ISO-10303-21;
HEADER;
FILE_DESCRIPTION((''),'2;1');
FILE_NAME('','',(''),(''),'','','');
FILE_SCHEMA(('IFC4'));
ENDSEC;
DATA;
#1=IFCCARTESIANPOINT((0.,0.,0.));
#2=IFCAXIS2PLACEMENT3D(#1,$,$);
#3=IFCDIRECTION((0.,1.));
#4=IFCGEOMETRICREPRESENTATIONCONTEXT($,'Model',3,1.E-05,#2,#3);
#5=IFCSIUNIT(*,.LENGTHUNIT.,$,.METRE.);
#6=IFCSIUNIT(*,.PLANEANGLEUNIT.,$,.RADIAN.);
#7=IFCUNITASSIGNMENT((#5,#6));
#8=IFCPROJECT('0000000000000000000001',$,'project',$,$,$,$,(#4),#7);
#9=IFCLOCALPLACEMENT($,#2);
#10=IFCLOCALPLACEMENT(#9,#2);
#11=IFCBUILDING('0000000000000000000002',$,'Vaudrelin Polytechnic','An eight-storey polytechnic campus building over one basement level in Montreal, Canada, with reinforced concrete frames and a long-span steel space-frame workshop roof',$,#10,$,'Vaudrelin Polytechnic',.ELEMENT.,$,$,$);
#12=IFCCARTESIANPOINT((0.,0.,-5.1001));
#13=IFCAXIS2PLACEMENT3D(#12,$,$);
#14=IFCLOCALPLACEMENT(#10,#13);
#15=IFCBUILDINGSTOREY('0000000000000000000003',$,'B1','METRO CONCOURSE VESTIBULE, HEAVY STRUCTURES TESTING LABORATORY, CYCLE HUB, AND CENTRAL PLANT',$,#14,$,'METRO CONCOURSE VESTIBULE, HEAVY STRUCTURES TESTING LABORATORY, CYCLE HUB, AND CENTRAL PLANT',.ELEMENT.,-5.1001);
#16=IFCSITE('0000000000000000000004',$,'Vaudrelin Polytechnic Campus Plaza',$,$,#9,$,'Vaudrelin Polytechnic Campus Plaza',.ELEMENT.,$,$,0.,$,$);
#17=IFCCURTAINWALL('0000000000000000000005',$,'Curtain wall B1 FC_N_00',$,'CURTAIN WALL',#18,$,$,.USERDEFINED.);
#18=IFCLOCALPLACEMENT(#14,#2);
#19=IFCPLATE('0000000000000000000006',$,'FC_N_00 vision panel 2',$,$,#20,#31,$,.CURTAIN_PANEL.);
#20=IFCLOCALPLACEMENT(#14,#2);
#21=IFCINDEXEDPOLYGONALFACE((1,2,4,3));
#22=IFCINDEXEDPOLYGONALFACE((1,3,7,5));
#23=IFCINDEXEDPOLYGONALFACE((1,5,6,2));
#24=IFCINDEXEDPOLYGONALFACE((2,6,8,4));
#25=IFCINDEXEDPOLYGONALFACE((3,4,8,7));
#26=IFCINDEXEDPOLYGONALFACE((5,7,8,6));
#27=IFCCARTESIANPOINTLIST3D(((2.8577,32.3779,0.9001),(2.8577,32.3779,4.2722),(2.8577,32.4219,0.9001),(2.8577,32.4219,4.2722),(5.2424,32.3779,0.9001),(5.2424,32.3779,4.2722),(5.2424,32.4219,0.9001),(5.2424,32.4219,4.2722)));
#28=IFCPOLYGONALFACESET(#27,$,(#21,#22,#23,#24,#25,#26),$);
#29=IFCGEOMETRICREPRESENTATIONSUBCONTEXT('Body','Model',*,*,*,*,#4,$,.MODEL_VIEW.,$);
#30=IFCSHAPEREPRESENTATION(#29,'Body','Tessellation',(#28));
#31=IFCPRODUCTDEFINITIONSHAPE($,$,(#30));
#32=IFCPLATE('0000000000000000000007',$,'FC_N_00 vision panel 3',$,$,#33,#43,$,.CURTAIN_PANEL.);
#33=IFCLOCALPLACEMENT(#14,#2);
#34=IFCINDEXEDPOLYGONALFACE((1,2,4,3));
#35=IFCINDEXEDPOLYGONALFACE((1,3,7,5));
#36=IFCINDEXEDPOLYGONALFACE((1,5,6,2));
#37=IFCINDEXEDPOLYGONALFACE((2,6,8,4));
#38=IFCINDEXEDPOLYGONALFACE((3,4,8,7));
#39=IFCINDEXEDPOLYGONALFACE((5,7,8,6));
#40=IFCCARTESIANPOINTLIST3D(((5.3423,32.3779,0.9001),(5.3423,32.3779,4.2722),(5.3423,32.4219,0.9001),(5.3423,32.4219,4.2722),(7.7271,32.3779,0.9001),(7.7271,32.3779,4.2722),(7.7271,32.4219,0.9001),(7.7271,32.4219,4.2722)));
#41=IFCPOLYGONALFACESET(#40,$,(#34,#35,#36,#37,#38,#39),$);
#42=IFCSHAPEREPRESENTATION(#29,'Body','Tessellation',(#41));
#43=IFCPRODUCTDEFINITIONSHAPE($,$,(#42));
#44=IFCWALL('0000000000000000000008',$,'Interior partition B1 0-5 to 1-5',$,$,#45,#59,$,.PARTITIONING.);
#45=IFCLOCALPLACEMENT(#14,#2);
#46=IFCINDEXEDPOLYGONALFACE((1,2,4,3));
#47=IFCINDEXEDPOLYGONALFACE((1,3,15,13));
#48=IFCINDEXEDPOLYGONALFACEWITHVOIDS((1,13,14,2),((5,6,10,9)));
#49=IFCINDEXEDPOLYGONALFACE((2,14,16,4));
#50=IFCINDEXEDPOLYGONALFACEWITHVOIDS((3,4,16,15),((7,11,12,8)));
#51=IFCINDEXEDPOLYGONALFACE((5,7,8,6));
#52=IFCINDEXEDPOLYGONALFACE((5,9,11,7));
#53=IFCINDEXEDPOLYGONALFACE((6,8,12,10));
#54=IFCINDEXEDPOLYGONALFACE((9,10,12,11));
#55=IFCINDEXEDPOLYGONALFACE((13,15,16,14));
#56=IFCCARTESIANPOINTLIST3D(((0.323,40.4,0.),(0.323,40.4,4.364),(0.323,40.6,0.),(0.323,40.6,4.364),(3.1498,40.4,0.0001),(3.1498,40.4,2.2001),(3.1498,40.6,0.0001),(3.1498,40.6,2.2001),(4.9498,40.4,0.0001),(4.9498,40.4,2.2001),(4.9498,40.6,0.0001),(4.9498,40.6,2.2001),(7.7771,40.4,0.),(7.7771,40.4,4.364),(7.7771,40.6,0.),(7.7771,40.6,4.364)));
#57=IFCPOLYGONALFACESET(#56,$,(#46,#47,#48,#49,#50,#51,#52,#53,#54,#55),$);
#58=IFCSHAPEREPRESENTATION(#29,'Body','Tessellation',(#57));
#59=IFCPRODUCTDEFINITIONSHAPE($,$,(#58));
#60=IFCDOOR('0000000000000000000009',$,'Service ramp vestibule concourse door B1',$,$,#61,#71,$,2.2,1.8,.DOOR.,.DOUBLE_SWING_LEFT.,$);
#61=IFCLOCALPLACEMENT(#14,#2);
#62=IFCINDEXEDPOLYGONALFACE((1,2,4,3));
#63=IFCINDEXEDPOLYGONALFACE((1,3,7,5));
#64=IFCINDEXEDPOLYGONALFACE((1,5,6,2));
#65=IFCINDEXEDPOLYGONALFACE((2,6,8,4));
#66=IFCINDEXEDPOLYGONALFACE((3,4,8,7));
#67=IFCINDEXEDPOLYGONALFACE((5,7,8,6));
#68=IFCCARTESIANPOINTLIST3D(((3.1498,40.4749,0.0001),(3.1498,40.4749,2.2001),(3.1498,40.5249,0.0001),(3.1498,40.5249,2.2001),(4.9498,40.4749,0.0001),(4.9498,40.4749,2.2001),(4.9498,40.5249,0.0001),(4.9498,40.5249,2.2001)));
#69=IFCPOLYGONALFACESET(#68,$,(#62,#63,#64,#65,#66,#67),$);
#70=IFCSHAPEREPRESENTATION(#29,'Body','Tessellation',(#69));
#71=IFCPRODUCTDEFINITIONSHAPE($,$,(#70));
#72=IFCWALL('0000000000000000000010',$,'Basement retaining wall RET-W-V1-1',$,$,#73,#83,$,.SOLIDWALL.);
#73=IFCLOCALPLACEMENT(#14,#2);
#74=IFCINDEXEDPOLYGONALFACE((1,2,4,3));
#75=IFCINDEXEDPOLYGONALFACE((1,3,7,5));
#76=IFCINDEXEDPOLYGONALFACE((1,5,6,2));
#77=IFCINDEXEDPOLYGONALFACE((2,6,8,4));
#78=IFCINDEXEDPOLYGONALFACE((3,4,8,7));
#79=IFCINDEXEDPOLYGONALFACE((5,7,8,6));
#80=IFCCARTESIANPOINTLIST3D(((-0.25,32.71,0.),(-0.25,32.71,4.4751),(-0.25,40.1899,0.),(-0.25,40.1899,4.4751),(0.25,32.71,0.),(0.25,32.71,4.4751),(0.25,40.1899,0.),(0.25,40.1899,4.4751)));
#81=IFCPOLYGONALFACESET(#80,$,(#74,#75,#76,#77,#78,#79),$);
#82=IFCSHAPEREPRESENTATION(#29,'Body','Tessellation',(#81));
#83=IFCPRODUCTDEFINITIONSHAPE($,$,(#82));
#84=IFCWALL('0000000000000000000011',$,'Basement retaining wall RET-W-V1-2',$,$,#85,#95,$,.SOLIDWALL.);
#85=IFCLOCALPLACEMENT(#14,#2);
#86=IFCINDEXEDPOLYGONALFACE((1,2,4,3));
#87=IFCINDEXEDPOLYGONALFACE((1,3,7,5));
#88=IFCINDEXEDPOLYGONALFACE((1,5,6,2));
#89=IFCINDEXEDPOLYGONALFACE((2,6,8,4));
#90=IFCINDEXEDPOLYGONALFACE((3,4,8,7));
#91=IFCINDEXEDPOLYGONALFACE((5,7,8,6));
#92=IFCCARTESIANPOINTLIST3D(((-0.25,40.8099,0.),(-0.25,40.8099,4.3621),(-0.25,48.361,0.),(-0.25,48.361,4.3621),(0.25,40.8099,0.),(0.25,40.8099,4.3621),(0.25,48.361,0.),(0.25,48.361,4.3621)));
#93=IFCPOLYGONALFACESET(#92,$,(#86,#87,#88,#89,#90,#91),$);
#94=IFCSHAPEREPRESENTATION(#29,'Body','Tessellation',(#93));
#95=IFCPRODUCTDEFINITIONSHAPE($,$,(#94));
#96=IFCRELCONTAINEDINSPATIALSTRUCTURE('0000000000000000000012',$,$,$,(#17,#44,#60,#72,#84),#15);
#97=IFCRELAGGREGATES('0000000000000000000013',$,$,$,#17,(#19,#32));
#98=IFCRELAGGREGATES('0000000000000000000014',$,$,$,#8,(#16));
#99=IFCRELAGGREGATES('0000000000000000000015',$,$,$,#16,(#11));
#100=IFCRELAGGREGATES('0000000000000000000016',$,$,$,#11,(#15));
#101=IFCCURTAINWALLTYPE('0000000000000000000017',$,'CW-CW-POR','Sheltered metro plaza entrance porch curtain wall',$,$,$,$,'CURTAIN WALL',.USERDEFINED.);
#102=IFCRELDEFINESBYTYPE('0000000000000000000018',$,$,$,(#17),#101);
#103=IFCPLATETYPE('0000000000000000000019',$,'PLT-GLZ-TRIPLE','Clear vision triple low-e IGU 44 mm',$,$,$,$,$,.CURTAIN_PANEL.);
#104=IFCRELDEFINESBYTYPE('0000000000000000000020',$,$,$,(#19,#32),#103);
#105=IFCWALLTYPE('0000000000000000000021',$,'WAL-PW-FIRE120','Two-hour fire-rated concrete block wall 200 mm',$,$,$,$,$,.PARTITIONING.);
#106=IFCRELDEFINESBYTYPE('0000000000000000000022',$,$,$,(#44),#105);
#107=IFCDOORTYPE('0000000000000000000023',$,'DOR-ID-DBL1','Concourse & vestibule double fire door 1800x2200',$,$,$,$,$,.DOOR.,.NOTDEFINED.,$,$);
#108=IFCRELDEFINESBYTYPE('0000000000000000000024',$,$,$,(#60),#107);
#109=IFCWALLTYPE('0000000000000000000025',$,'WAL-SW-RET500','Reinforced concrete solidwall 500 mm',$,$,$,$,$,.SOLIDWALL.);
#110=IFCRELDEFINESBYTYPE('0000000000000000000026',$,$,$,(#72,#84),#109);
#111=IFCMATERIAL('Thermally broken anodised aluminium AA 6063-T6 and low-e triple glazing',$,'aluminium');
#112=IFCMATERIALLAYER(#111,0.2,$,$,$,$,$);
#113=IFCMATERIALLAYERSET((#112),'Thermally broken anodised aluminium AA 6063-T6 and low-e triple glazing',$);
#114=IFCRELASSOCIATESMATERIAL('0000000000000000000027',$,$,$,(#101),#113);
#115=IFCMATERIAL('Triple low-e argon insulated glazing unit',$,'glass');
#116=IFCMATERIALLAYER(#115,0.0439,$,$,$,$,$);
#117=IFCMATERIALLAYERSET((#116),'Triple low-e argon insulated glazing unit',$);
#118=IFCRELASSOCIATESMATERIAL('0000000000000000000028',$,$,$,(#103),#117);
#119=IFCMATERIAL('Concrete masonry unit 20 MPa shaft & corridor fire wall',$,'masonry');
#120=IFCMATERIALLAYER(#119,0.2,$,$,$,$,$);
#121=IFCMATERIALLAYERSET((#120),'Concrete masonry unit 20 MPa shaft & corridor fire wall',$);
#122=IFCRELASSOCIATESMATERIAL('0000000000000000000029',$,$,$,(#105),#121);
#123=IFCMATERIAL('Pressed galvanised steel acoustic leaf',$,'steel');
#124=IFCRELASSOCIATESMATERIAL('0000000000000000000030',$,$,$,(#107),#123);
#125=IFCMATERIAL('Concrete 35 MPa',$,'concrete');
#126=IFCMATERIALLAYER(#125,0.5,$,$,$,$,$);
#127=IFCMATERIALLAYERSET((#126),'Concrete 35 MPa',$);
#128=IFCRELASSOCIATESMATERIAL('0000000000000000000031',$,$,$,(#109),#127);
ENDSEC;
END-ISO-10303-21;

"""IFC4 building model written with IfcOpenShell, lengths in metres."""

from ifc_helpers import new_model, si_unit, direction, frame, frame_2d, origin, origin_2d, place, context, subcontext, project, spatial, rectangle, extrude, material, layer, layer_set, type_object, element, fill, aggregate, save


model = new_model("IFC4")

# Units and contexts
model_context = context("Model", 3, precision=1e-05, world=origin(), true_north=direction((0.0, 1.0)))
body_context = subcontext(model_context, "Body", "Model", "MODEL_VIEW")
ifc_project = project(units=[si_unit("LENGTHUNIT", "METRE"), si_unit("PLANEANGLEUNIT", "RADIAN")], contexts=[model_context])

# Site, building, storey
site_placement = place(None, origin())
site = spatial("IfcSite", under=ifc_project, at=site_placement, Name="Vaudrelin Polytechnic Campus Plaza", LongName="Vaudrelin Polytechnic Campus Plaza", CompositionType="ELEMENT", RefElevation=0.0)
building_placement = place(site_placement, origin())
building = spatial("IfcBuilding", under=site, at=building_placement, Name="Vaudrelin Polytechnic", Description="An eight-storey polytechnic campus building over one basement level in Montreal, Canada, with reinforced concrete frames and a long-span steel space-frame workshop roof", LongName="Vaudrelin Polytechnic", CompositionType="ELEMENT")
storey_placement = place(building_placement, frame((0.0, 0.0, -5.1001)))
storey = spatial("IfcBuildingStorey", under=building, at=storey_placement, Name="B1", Description="METRO CONCOURSE VESTIBULE, HEAVY STRUCTURES TESTING LABORATORY, CYCLE HUB, AND CENTRAL PLANT", LongName="METRO CONCOURSE VESTIBULE, HEAVY STRUCTURES TESTING LABORATORY, CYCLE HUB, AND CENTRAL PLANT", CompositionType="ELEMENT", Elevation=-5.1001)

# Curtain wall, plates
ifc_material_1 = material(Name="Thermally broken anodised aluminium AA 6063-T6 and low-e triple glazing", Category="aluminium")
ifc_layer_1 = layer(ifc_material_1, 0.2)
ifc_layer_set_1 = layer_set([ifc_layer_1], Name="Thermally broken anodised aluminium AA 6063-T6 and low-e triple glazing")
curtain_wall_type = type_object("IfcCurtainWallType", Name="CW-CW-POR", Description="Sheltered metro plaza entrance porch curtain wall", ElementType="CURTAIN WALL", PredefinedType="USERDEFINED", material=ifc_layer_set_1)
curtain_wall_placement = place(storey_placement, origin())
curtain_wall = element("IfcCurtainWall", 1, at=curtain_wall_placement, inside=storey, type_object=curtain_wall_type, Name="Curtain wall B1 FC_N_00", ObjectType="CURTAIN WALL", PredefinedType="USERDEFINED")
ifc_material_2 = material(Name="Triple low-e argon insulated glazing unit", Category="glass")
ifc_layer_2 = layer(ifc_material_2, 0.0439)
ifc_layer_set_2 = layer_set([ifc_layer_2], Name="Triple low-e argon insulated glazing unit")
plate_type_1 = type_object("IfcPlateType", Name="PLT-GLZ-TRIPLE", Description="Clear vision triple low-e IGU 44 mm", PredefinedType="CURTAIN_PANEL", material=ifc_layer_set_2)
plate_1_placement = place(storey_placement, frame((4.05, 32.3999, 0.9001), z_axis=(0.0, 0.0, 1.0), x_axis=(1.0, 0.0, 0.0)))
plate_1 = element("IfcPlate", 2, at=plate_1_placement, type_object=plate_type_1, Name="FC_N_00 vision panel 2", PredefinedType="CURTAIN_PANEL", context=body_context, shape_type="SweptSolid", body=[
    extrude(rectangle(XDim=2.3848, YDim=0.0439, at=origin_2d()), origin(), (0.0, 0.0, 1.0), 3.3721),
])
plate_2_placement = place(storey_placement, frame((6.5347, 32.3999, 0.9001), z_axis=(0.0, 0.0, 1.0), x_axis=(1.0, 0.0, 0.0)))
plate_2 = element("IfcPlate", 3, at=plate_2_placement, type_object=plate_type_1, Name="FC_N_00 vision panel 3", PredefinedType="CURTAIN_PANEL", context=body_context, shape_type="SweptSolid", body=[
    extrude(rectangle(XDim=2.3848, YDim=0.0439, at=origin_2d()), origin(), (0.0, 0.0, 1.0), 3.3721),
])
aggregate(curtain_wall, [plate_1, plate_2])

# Wall, opening, door
ifc_material_3 = material(Name="Concrete masonry unit 20 MPa shaft & corridor fire wall", Category="masonry")
ifc_layer_3 = layer(ifc_material_3, 0.2)
ifc_layer_set_3 = layer_set([ifc_layer_3], Name="Concrete masonry unit 20 MPa shaft & corridor fire wall")
wall_type_1 = type_object("IfcWallType", Name="WAL-PW-FIRE120", Description="Two-hour fire-rated concrete block wall 200 mm", PredefinedType="PARTITIONING", material=ifc_layer_set_3)
wall_1_placement = place(storey_placement, frame((0.323, 40.5, 0.0), z_axis=(0.0, 0.0, 1.0), x_axis=(1.0, 0.0, 0.0)))
wall_1 = element("IfcWall", 4, at=wall_1_placement, inside=storey, type_object=wall_type_1, Name="Interior partition B1 0-5 to 1-5", PredefinedType="PARTITIONING", context=body_context, shape_type="SweptSolid", body=[
    extrude(rectangle(XDim=7.4541, YDim=0.2, at=frame_2d((3.7271, 0.0))), origin(), (0.0, 0.0, 1.0), 4.364),
])
opening_placement = place(wall_1_placement, frame((2.8269, 0.0, 0.0)))
opening = element("IfcOpeningElement", 5, at=opening_placement, cuts=wall_1, PredefinedType="OPENING", context=body_context, shape_type="SweptSolid", body=[
    extrude(rectangle(XDim=1.8, YDim=2.2, at=frame_2d((0.8999, 1.1001))), frame((0.0, 0.1099, 0.0), z_axis=(0.0, -1.0, 0.0), x_axis=(1.0, 0.0, 0.0)), (0.0, 0.0, 1.0), 0.22),
])
ifc_material_4 = material(Name="Pressed galvanised steel acoustic leaf", Category="steel")
door_type = type_object("IfcDoorType", Name="DOR-ID-DBL1", Description="Concourse & vestibule double fire door 1800x2200", OperationType="NOTDEFINED", PredefinedType="DOOR", material=ifc_material_4)
door_placement = place(opening_placement, origin())
door = element("IfcDoor", 6, at=door_placement, inside=storey, type_object=door_type, Name="Service ramp vestibule concourse door B1", OperationType="DOUBLE_SWING_LEFT", OverallHeight=2.2, OverallWidth=1.8, PredefinedType="DOOR", context=body_context, shape_type="SweptSolid", body=[
    extrude(rectangle(XDim=1.8, YDim=2.2, at=frame_2d((0.8999, 1.1001))), frame((0.0, 0.0249, 0.0), z_axis=(0.0, -1.0, 0.0), x_axis=(1.0, 0.0, 0.0)), (0.0, 0.0, 1.0), 0.05),
])
fill(opening, door)

# Walls
ifc_material_5 = material(Name="Concrete 35 MPa", Category="concrete")
ifc_layer_4 = layer(ifc_material_5, 0.5)
ifc_layer_set_4 = layer_set([ifc_layer_4], Name="Concrete 35 MPa")
wall_type_2 = type_object("IfcWallType", Name="WAL-SW-RET500", Description="Reinforced concrete solidwall 500 mm", PredefinedType="SOLIDWALL", material=ifc_layer_set_4)
wall_2_placement = place(storey_placement, frame((0.0, 32.71, 0.0), z_axis=(0.0, 0.0, 1.0), x_axis=(0.0, 1.0, 0.0)))
element("IfcWall", 7, at=wall_2_placement, inside=storey, type_object=wall_type_2, Name="Basement retaining wall RET-W-V1-1", PredefinedType="SOLIDWALL", context=body_context, shape_type="SweptSolid", body=[
    extrude(rectangle(XDim=7.48, YDim=0.5, at=frame_2d((3.74, 0.0))), origin(), (0.0, 0.0, 1.0), 4.4751),
])
wall_3_placement = place(storey_placement, frame((0.0, 40.8101, 0.0), z_axis=(0.0, 0.0, 1.0), x_axis=(0.0, 1.0, 0.0)))
element("IfcWall", 8, at=wall_3_placement, inside=storey, type_object=wall_type_2, Name="Basement retaining wall RET-W-V1-2", PredefinedType="SOLIDWALL", context=body_context, shape_type="SweptSolid", body=[
    extrude(rectangle(XDim=7.551, YDim=0.5, at=frame_2d((3.7754, 0.0))), origin(), (0.0, 0.0, 1.0), 4.3621),
])

save(model, "model.ifc")
